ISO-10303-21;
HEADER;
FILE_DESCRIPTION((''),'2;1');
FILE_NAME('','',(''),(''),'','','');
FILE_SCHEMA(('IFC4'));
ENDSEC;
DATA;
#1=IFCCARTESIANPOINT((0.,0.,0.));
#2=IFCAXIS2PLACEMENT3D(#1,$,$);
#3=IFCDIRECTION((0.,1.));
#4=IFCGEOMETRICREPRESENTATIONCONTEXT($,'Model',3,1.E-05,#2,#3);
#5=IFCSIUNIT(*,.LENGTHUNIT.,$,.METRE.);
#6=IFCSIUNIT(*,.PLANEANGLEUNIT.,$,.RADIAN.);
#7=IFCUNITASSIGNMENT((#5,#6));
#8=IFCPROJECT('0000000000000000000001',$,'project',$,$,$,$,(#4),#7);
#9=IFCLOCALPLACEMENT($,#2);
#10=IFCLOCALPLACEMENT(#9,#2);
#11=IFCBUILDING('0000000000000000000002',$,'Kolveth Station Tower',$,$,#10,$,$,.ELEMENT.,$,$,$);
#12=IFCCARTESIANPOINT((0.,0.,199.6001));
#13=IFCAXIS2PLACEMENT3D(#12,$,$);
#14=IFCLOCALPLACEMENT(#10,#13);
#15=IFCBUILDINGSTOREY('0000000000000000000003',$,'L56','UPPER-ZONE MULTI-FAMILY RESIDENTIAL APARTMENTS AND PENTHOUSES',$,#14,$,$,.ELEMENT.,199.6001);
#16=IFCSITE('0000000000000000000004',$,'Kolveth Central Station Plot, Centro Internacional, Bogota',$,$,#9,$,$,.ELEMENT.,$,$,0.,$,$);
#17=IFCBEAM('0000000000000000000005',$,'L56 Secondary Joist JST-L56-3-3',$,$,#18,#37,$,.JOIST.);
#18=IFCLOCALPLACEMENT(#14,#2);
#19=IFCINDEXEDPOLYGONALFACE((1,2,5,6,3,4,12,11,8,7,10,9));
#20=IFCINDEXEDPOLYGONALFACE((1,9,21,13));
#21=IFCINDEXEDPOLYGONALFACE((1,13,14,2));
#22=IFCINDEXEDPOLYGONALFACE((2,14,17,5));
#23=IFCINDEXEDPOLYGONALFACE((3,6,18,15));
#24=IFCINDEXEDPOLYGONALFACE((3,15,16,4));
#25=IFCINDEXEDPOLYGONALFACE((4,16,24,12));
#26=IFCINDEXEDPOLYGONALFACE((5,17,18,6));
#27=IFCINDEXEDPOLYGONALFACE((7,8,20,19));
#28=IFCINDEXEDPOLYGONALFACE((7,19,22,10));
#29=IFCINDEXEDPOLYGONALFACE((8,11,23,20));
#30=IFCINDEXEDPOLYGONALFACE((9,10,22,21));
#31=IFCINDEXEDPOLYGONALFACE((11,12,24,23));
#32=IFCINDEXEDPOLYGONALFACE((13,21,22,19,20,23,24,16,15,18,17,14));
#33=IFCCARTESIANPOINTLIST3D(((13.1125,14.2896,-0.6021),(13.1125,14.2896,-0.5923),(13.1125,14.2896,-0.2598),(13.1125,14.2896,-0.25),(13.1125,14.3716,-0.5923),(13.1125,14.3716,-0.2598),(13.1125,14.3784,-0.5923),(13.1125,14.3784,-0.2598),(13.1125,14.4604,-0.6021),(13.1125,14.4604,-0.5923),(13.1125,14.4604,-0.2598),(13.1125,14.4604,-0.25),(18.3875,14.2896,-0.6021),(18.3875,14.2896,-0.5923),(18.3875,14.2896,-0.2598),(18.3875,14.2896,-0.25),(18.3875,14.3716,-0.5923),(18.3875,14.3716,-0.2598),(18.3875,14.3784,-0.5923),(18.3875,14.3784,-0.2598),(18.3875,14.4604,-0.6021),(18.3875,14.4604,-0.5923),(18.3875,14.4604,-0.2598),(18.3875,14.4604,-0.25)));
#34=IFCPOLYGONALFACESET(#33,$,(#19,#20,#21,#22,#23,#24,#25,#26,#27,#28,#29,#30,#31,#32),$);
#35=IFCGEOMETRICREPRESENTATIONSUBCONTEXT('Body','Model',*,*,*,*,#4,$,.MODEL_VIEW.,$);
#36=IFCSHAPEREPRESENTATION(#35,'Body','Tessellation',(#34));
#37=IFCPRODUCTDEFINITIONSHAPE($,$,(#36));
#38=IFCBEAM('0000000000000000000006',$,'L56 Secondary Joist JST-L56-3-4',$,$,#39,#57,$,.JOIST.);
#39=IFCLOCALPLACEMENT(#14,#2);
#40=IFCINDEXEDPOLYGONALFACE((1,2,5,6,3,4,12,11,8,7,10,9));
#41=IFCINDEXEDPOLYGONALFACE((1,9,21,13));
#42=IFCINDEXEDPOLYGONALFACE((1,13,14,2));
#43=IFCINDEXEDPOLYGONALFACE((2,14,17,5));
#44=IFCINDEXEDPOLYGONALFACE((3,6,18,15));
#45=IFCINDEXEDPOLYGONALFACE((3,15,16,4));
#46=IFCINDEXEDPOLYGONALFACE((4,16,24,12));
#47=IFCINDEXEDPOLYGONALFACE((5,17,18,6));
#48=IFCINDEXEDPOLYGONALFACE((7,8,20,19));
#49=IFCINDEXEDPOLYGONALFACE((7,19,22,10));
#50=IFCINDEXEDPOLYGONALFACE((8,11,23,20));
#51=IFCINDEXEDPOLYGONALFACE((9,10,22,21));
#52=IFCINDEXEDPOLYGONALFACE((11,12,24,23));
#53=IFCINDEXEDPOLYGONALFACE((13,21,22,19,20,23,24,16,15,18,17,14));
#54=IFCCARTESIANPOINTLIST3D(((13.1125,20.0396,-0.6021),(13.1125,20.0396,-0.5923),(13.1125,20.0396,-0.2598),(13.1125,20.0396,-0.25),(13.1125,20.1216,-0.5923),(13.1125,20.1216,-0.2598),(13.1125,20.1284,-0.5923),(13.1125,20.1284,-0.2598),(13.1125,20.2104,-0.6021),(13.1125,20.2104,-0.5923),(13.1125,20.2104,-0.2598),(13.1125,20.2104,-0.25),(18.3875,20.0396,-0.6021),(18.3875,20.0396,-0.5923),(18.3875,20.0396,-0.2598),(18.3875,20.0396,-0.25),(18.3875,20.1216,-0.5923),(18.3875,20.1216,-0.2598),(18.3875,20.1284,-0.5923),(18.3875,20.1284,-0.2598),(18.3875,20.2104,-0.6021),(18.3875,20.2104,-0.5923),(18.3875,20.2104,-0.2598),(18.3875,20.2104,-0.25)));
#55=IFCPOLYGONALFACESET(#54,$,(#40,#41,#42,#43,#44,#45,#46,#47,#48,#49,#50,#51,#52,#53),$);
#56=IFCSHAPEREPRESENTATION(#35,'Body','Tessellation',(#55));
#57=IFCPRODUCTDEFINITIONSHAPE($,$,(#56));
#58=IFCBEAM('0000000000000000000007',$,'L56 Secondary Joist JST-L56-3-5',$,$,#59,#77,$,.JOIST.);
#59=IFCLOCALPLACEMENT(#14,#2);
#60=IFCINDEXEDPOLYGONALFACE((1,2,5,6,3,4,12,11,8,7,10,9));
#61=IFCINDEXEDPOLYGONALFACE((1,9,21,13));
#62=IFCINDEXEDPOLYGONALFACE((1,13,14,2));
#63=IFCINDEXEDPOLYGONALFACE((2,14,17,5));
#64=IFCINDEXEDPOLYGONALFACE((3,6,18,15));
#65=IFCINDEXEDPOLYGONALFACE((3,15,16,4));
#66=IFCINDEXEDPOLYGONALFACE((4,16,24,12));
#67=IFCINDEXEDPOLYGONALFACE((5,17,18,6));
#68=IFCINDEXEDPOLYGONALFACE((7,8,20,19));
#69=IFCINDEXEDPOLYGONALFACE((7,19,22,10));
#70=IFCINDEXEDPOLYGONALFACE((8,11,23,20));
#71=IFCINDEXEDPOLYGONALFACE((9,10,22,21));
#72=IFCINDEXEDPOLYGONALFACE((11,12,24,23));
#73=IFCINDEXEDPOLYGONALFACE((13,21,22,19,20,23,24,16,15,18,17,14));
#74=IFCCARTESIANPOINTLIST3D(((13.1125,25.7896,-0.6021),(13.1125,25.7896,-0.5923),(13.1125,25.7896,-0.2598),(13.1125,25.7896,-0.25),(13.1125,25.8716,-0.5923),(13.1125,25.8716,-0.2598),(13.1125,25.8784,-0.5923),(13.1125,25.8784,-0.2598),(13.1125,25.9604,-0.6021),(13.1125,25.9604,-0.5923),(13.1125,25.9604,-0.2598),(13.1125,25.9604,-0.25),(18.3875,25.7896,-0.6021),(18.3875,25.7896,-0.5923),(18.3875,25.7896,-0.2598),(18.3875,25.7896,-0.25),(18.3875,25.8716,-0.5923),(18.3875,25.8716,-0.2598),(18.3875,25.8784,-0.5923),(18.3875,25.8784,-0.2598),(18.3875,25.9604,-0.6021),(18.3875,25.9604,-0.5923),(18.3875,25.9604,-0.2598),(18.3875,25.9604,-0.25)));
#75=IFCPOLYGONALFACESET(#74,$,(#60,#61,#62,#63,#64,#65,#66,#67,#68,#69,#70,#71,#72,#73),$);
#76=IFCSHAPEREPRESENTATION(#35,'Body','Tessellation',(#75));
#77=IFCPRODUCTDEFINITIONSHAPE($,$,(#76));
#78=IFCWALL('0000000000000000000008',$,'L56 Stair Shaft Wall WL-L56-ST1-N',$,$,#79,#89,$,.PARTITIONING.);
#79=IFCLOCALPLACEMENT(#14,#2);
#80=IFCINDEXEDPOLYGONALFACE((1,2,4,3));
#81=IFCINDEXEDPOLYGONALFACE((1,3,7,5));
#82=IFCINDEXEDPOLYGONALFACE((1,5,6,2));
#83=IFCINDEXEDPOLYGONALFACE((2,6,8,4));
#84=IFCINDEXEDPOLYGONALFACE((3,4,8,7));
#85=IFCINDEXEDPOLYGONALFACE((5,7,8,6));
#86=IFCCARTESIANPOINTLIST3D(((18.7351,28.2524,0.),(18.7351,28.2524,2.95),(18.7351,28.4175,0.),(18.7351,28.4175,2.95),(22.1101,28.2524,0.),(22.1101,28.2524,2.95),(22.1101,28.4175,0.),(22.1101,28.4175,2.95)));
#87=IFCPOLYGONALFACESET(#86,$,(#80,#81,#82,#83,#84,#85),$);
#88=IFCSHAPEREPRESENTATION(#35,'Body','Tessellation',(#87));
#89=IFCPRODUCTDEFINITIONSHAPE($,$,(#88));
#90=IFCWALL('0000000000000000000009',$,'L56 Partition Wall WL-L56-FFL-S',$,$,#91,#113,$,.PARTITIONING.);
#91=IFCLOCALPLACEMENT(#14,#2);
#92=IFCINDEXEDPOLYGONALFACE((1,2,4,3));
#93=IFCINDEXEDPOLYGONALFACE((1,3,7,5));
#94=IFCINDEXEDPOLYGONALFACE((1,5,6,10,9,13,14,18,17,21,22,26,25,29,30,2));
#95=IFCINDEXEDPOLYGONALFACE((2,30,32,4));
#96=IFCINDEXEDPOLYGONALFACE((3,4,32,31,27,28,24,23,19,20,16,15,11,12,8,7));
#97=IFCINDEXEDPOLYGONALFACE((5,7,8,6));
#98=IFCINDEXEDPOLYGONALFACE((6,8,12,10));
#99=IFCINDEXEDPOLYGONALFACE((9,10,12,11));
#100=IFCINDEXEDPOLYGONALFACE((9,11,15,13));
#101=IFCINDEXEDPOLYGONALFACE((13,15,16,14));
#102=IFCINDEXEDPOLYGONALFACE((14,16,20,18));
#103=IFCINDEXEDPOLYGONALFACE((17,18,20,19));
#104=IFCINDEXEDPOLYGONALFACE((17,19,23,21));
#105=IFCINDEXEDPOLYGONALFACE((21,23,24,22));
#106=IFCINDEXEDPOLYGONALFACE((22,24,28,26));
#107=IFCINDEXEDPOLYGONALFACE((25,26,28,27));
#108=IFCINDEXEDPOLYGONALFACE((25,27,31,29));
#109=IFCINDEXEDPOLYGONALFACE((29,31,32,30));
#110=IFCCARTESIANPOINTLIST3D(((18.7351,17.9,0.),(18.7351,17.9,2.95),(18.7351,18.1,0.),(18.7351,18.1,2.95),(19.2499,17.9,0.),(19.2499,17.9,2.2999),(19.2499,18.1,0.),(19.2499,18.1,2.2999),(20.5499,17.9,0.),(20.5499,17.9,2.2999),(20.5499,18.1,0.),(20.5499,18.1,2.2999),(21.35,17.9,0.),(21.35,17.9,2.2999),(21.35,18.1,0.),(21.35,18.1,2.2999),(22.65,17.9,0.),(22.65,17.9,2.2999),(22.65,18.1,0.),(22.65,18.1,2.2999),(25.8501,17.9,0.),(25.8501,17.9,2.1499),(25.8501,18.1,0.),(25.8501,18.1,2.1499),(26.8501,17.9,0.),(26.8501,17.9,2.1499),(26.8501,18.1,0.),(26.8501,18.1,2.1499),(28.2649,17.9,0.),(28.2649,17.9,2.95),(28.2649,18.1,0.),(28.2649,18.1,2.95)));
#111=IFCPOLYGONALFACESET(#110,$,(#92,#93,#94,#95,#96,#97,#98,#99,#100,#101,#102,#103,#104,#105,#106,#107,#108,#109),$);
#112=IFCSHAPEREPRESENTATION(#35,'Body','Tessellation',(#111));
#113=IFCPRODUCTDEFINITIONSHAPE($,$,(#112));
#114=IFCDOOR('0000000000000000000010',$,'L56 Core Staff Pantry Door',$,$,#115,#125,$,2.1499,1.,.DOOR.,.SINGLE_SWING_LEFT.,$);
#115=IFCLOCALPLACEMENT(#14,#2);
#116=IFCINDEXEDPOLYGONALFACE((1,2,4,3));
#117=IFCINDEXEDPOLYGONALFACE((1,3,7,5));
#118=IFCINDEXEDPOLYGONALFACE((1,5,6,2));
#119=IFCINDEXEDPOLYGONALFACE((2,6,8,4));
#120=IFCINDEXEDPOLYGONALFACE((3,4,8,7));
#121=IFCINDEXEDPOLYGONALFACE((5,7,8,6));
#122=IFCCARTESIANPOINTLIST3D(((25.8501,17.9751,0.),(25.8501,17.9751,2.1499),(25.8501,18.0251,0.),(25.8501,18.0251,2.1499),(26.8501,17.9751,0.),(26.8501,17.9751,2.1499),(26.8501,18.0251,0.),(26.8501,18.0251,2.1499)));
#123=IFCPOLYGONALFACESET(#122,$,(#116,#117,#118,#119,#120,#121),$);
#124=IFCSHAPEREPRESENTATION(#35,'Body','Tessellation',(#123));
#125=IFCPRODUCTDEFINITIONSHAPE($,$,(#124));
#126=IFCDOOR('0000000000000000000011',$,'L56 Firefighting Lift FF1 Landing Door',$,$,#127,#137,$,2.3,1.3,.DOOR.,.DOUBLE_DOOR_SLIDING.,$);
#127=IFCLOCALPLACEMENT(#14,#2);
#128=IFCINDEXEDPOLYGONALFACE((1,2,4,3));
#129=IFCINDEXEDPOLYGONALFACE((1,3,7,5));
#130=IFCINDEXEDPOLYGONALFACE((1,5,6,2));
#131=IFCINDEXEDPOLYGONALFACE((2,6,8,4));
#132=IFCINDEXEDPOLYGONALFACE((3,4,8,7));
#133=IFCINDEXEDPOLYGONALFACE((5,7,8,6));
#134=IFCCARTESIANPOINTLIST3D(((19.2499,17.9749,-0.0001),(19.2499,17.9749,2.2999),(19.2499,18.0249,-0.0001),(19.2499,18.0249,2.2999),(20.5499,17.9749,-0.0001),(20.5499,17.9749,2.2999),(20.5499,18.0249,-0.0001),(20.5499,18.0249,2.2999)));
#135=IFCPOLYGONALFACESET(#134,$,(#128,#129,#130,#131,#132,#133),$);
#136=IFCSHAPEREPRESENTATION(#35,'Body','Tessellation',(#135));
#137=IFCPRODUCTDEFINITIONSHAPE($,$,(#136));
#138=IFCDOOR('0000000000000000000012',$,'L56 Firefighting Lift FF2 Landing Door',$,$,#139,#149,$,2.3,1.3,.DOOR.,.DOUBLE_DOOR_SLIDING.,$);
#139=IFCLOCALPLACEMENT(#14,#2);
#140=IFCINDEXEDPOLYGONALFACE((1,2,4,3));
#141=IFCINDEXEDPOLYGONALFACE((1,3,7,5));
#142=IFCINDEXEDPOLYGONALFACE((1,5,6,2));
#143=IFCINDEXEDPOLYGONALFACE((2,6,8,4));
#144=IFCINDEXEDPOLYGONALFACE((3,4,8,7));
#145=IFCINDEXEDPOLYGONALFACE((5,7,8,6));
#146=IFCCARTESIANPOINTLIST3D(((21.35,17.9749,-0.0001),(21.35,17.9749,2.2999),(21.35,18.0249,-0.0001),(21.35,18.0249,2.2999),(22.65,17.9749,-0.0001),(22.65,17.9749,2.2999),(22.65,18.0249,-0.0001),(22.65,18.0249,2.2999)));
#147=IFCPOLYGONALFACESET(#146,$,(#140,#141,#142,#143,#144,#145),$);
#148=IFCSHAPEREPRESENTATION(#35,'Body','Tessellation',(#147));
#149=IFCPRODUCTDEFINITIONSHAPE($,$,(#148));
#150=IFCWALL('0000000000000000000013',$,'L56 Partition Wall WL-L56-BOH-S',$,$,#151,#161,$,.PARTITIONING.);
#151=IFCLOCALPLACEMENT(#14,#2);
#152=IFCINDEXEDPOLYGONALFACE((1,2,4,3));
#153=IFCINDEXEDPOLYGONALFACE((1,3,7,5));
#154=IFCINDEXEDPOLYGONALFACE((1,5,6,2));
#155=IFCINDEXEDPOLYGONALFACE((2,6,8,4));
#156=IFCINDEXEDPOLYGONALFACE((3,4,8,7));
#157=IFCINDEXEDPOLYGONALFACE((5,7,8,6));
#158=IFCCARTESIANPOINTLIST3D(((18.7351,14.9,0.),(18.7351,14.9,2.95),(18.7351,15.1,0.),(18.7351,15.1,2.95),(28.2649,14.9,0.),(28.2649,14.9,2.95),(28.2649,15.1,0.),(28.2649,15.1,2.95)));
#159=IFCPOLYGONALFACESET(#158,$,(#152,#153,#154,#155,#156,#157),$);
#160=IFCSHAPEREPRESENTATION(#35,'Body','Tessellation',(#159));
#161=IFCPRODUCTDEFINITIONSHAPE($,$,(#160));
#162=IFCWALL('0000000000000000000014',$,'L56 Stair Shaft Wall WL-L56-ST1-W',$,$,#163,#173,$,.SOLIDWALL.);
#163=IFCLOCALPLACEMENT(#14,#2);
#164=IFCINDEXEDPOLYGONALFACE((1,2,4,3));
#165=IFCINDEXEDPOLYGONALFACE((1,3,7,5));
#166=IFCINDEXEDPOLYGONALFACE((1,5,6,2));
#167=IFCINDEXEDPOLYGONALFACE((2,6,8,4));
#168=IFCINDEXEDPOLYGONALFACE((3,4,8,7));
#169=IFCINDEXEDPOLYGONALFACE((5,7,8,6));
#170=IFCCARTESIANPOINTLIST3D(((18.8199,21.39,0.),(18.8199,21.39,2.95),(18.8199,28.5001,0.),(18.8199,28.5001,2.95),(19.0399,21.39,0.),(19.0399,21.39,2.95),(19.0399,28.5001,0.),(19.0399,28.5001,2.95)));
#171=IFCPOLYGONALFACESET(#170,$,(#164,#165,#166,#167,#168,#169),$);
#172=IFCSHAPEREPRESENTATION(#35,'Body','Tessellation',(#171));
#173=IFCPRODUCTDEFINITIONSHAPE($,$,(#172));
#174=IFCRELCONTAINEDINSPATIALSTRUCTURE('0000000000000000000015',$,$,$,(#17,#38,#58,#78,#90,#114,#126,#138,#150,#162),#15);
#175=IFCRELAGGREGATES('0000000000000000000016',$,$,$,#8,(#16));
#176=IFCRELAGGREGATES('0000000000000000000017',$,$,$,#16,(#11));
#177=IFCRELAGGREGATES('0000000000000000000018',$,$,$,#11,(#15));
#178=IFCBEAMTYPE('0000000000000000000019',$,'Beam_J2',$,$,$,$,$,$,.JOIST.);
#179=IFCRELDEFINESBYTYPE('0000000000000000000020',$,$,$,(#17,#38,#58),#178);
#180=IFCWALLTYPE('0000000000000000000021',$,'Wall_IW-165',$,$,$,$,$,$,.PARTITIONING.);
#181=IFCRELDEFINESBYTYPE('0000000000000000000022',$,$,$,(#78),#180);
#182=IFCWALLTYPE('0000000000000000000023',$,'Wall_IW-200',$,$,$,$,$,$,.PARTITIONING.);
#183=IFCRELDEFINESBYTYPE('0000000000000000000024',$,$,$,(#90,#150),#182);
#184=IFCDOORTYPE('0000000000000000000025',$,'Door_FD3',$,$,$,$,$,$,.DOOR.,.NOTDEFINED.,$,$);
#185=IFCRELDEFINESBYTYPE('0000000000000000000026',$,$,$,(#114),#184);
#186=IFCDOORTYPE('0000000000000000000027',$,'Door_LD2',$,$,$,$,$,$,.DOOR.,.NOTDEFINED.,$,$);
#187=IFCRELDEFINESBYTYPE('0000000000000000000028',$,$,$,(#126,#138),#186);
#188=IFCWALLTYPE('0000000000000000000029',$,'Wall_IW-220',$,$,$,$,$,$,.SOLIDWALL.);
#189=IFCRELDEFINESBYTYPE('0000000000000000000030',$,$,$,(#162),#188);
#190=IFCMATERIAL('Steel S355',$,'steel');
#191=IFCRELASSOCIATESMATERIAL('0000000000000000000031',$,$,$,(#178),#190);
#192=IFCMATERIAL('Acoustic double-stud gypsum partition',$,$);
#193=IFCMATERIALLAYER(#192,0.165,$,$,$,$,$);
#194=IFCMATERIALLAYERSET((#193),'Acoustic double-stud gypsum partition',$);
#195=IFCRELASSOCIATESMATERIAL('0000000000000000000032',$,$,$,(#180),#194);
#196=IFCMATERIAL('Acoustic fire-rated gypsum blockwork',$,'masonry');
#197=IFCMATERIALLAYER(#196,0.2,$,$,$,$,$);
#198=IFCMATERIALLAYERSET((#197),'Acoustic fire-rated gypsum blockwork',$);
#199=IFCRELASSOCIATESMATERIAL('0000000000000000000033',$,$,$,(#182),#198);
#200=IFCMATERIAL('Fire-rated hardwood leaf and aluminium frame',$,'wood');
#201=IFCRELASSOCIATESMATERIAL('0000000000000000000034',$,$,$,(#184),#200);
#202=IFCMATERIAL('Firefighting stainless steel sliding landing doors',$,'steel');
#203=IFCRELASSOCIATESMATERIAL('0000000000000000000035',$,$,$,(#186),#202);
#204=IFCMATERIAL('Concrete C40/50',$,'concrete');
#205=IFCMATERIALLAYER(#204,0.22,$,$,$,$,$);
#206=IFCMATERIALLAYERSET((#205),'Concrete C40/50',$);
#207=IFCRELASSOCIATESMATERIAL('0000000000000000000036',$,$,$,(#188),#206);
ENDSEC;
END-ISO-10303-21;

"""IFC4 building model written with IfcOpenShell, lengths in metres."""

from ifc_helpers import new_model, si_unit, direction, frame, frame_2d, origin, origin_2d, place, context, subcontext, project, spatial, rectangle, i_section, extrude, source, transform, mapped, material, layer, layer_set, material_profile, profile_set, type_object, element, fill, save


model = new_model("IFC4")

# Units and contexts
model_context = context("Model", 3, precision=1e-05, world=origin(), true_north=direction((0.0, 1.0)))
body_context = subcontext(model_context, "Body", "Model", "MODEL_VIEW")
ifc_project = project(units=[si_unit("LENGTHUNIT", "METRE"), si_unit("PLANEANGLEUNIT", "RADIAN")], contexts=[model_context])

# Site, building, storey
site_placement = place(None, origin())
site = spatial("IfcSite", under=ifc_project, at=site_placement, Name="Kolveth Central Station Plot, Centro Internacional, Bogota", CompositionType="ELEMENT", RefElevation=0.0)
building_placement = place(site_placement, origin())
building = spatial("IfcBuilding", under=site, at=building_placement, Name="Kolveth Station Tower", CompositionType="ELEMENT")
storey_placement = place(building_placement, frame((0.0, 0.0, 199.6001)))
storey = spatial("IfcBuildingStorey", under=building, at=storey_placement, Name="L56", Description="UPPER-ZONE MULTI-FAMILY RESIDENTIAL APARTMENTS AND PENTHOUSES", CompositionType="ELEMENT", Elevation=199.6001)

# Shared definitions
ifc_material_1 = material(Name="Steel S355", Category="steel")

# Beams
ifc_material_profile_1 = material_profile(ifc_material_1, i_section(OverallWidth=0.1709, OverallDepth=0.3521, WebThickness=0.0068, FlangeThickness=0.0098, at=origin_2d()), Name="W360x44")
ifc_profile_set_1 = profile_set([ifc_material_profile_1], Name="Steel S355")
beam_type_1 = type_object("IfcBeamType", Name="Beam_J2", PredefinedType="JOIST", material=ifc_profile_set_1)
shared_shape_1 = source(origin(), body_context, "Body", "SweptSolid", [
    extrude(i_section(OverallWidth=0.1709, OverallDepth=0.3521, WebThickness=0.0068, FlangeThickness=0.0098, at=origin_2d()), origin(), (0.0, 0.0, 1.0), 5.2749),
])
for number, where, z_axis, x_axis, name in (
    (1, (13.1125, 14.375, -0.426), (1.0, 0.0, 0.0), (0.0, 1.0, 0.0), "L56 Secondary Joist JST-L56-3-3"),
    (2, (13.1125, 20.125, -0.426), (1.0, 0.0, 0.0), (0.0, 1.0, 0.0), "L56 Secondary Joist JST-L56-3-4"),
    (3, (13.1125, 25.875, -0.426), (1.0, 0.0, 0.0), (0.0, 1.0, 0.0), "L56 Secondary Joist JST-L56-3-5"),
):
    element("IfcBeam", number, at=place(storey_placement, frame(where, z_axis=z_axis, x_axis=x_axis)), inside=storey, type_object=beam_type_1, Name=name, PredefinedType="JOIST", context=body_context, shape_type="MappedRepresentation", body=[
        mapped(shared_shape_1, transform((0.0, 0.0, 0.0), x_axis=(1.0, 0.0, 0.0), y_axis=(0.0, 1.0, 0.0), z_axis=(0.0, 0.0, 1.0), scale=1.0)),
    ])

# Wall
ifc_material_2 = material(Name="Acoustic double-stud gypsum partition")
ifc_layer_1 = layer(ifc_material_2, 0.165)
ifc_layer_set_1 = layer_set([ifc_layer_1], Name="Acoustic double-stud gypsum partition")
wall_type_1 = type_object("IfcWallType", Name="Wall_IW-165", PredefinedType="PARTITIONING", material=ifc_layer_set_1)
wall_1_placement = place(storey_placement, frame((18.7351, 28.335, 0.0), z_axis=(0.0, 0.0, 1.0), x_axis=(1.0, 0.0, 0.0)))
element("IfcWall", 4, at=wall_1_placement, inside=storey, type_object=wall_type_1, Name="L56 Stair Shaft Wall WL-L56-ST1-N", PredefinedType="PARTITIONING", context=body_context, shape_type="SweptSolid", body=[
    extrude(rectangle(XDim=3.375, YDim=0.165, at=frame_2d((1.6875, 0.0))), origin(), (0.0, 0.0, 1.0), 2.95),
])

# Wall, openings, doors
ifc_material_3 = material(Name="Acoustic fire-rated gypsum blockwork", Category="masonry")
ifc_layer_2 = layer(ifc_material_3, 0.2)
ifc_layer_set_2 = layer_set([ifc_layer_2], Name="Acoustic fire-rated gypsum blockwork")
wall_type_2 = type_object("IfcWallType", Name="Wall_IW-200", PredefinedType="PARTITIONING", material=ifc_layer_set_2)
wall_2_placement = place(storey_placement, frame((18.7351, 18.0, 0.0), z_axis=(0.0, 0.0, 1.0), x_axis=(1.0, 0.0, 0.0)))
wall_2 = element("IfcWall", 5, at=wall_2_placement, inside=storey, type_object=wall_type_2, Name="L56 Partition Wall WL-L56-FFL-S", PredefinedType="PARTITIONING", context=body_context, shape_type="SweptSolid", body=[
    extrude(rectangle(XDim=9.5298, YDim=0.2, at=frame_2d((4.7649, 0.0))), origin(), (0.0, 0.0, 1.0), 2.95),
])
opening_1_placement = place(wall_2_placement, frame((0.5149, 0.0, 0.0)))
opening_1 = element("IfcOpeningElement", 6, at=opening_1_placement, cuts=wall_2, PredefinedType="OPENING", context=body_context, shape_type="SweptSolid", body=[
    extrude(rectangle(XDim=1.3, YDim=2.3, at=frame_2d((0.6499, 1.1499))), frame((0.0, 0.1099, 0.0), z_axis=(0.0, -1.0, 0.0), x_axis=(1.0, 0.0, 0.0)), (0.0, 0.0, 1.0), 0.22),
])
opening_2_placement = place(wall_2_placement, frame((2.615, 0.0, 0.0)))
opening_2 = element("IfcOpeningElement", 7, at=opening_2_placement, cuts=wall_2, PredefinedType="OPENING", context=body_context, shape_type="SweptSolid", body=[
    extrude(rectangle(XDim=1.3, YDim=2.3, at=frame_2d((0.6499, 1.1499))), frame((0.0, 0.1099, 0.0), z_axis=(0.0, -1.0, 0.0), x_axis=(1.0, 0.0, 0.0)), (0.0, 0.0, 1.0), 0.22),
])
opening_3_placement = place(wall_2_placement, frame((7.115, 0.0, 0.0)))
opening_3 = element("IfcOpeningElement", 8, at=opening_3_placement, cuts=wall_2, PredefinedType="OPENING", context=body_context, shape_type="SweptSolid", body=[
    extrude(rectangle(XDim=1.0, YDim=2.1499, at=frame_2d((0.5, 1.075))), frame((0.0, 0.1099, 0.0), z_axis=(0.0, -1.0, 0.0), x_axis=(1.0, 0.0, 0.0)), (0.0, 0.0, 1.0), 0.22),
])
ifc_material_4 = material(Name="Fire-rated hardwood leaf and aluminium frame", Category="wood")
door_type_1 = type_object("IfcDoorType", Name="Door_FD3", OperationType="NOTDEFINED", PredefinedType="DOOR", material=ifc_material_4)
door_1_placement = place(opening_3_placement, frame((1.0, 0.0, 0.0), z_axis=(0.0, 0.0, 1.0), x_axis=(-1.0, 0.0, 0.0)))
door_1 = element("IfcDoor", 9, at=door_1_placement, inside=storey, type_object=door_type_1, Name="L56 Core Staff Pantry Door", OperationType="SINGLE_SWING_LEFT", OverallHeight=2.1499, OverallWidth=1.0, PredefinedType="DOOR", context=body_context, shape_type="SweptSolid", body=[
    extrude(rectangle(XDim=1.0, YDim=2.1499, at=frame_2d((0.5, 1.075))), frame((0.0, 0.0249, 0.0), z_axis=(0.0, -1.0, 0.0), x_axis=(1.0, 0.0, 0.0)), (0.0, 0.0, 1.0), 0.05),
])
fill(opening_3, door_1)
ifc_material_5 = material(Name="Firefighting stainless steel sliding landing doors", Category="steel")
door_type_2 = type_object("IfcDoorType", Name="Door_LD2", OperationType="NOTDEFINED", PredefinedType="DOOR", material=ifc_material_5)
door_2_placement = place(opening_1_placement, origin())
door_2 = element("IfcDoor", 10, at=door_2_placement, inside=storey, type_object=door_type_2, Name="L56 Firefighting Lift FF1 Landing Door", OperationType="DOUBLE_DOOR_SLIDING", OverallHeight=2.3, OverallWidth=1.3, PredefinedType="DOOR", context=body_context, shape_type="SweptSolid", body=[
    extrude(rectangle(XDim=1.3, YDim=2.3, at=frame_2d((0.6499, 1.1499))), frame((0.0, 0.0249, 0.0), z_axis=(0.0, -1.0, 0.0), x_axis=(1.0, 0.0, 0.0)), (0.0, 0.0, 1.0), 0.05),
])
fill(opening_1, door_2)
door_3_placement = place(opening_2_placement, origin())
door_3 = element("IfcDoor", 11, at=door_3_placement, inside=storey, type_object=door_type_2, Name="L56 Firefighting Lift FF2 Landing Door", OperationType="DOUBLE_DOOR_SLIDING", OverallHeight=2.3, OverallWidth=1.3, PredefinedType="DOOR", context=body_context, shape_type="SweptSolid", body=[
    extrude(rectangle(XDim=1.3, YDim=2.3, at=frame_2d((0.6499, 1.1499))), frame((0.0, 0.0249, 0.0), z_axis=(0.0, -1.0, 0.0), x_axis=(1.0, 0.0, 0.0)), (0.0, 0.0, 1.0), 0.05),
])
fill(opening_2, door_3)

# Walls
wall_3_placement = place(storey_placement, frame((18.7351, 15.0, 0.0), z_axis=(0.0, 0.0, 1.0), x_axis=(1.0, 0.0, 0.0)))
element("IfcWall", 12, at=wall_3_placement, inside=storey, type_object=wall_type_2, Name="L56 Partition Wall WL-L56-BOH-S", PredefinedType="PARTITIONING", context=body_context, shape_type="SweptSolid", body=[
    extrude(rectangle(XDim=9.5298, YDim=0.2, at=frame_2d((4.7649, 0.0))), origin(), (0.0, 0.0, 1.0), 2.95),
])
ifc_material_6 = material(Name="Concrete C40/50", Category="concrete")
ifc_layer_3 = layer(ifc_material_6, 0.22)
ifc_layer_set_3 = layer_set([ifc_layer_3], Name="Concrete C40/50")
wall_type_3 = type_object("IfcWallType", Name="Wall_IW-220", PredefinedType="SOLIDWALL", material=ifc_layer_set_3)
wall_4_placement = place(storey_placement, frame((18.9299, 21.3899, 0.0), z_axis=(0.0, 0.0, 1.0), x_axis=(0.0, 1.0, 0.0)))
element("IfcWall", 13, at=wall_4_placement, inside=storey, type_object=wall_type_3, Name="L56 Stair Shaft Wall WL-L56-ST1-W", PredefinedType="SOLIDWALL", context=body_context, shape_type="SweptSolid", body=[
    extrude(rectangle(XDim=7.1101, YDim=0.22, at=frame_2d((3.5552, 0.0))), origin(), (0.0, 0.0, 1.0), 2.95),
])

save(model, "model.ifc")
